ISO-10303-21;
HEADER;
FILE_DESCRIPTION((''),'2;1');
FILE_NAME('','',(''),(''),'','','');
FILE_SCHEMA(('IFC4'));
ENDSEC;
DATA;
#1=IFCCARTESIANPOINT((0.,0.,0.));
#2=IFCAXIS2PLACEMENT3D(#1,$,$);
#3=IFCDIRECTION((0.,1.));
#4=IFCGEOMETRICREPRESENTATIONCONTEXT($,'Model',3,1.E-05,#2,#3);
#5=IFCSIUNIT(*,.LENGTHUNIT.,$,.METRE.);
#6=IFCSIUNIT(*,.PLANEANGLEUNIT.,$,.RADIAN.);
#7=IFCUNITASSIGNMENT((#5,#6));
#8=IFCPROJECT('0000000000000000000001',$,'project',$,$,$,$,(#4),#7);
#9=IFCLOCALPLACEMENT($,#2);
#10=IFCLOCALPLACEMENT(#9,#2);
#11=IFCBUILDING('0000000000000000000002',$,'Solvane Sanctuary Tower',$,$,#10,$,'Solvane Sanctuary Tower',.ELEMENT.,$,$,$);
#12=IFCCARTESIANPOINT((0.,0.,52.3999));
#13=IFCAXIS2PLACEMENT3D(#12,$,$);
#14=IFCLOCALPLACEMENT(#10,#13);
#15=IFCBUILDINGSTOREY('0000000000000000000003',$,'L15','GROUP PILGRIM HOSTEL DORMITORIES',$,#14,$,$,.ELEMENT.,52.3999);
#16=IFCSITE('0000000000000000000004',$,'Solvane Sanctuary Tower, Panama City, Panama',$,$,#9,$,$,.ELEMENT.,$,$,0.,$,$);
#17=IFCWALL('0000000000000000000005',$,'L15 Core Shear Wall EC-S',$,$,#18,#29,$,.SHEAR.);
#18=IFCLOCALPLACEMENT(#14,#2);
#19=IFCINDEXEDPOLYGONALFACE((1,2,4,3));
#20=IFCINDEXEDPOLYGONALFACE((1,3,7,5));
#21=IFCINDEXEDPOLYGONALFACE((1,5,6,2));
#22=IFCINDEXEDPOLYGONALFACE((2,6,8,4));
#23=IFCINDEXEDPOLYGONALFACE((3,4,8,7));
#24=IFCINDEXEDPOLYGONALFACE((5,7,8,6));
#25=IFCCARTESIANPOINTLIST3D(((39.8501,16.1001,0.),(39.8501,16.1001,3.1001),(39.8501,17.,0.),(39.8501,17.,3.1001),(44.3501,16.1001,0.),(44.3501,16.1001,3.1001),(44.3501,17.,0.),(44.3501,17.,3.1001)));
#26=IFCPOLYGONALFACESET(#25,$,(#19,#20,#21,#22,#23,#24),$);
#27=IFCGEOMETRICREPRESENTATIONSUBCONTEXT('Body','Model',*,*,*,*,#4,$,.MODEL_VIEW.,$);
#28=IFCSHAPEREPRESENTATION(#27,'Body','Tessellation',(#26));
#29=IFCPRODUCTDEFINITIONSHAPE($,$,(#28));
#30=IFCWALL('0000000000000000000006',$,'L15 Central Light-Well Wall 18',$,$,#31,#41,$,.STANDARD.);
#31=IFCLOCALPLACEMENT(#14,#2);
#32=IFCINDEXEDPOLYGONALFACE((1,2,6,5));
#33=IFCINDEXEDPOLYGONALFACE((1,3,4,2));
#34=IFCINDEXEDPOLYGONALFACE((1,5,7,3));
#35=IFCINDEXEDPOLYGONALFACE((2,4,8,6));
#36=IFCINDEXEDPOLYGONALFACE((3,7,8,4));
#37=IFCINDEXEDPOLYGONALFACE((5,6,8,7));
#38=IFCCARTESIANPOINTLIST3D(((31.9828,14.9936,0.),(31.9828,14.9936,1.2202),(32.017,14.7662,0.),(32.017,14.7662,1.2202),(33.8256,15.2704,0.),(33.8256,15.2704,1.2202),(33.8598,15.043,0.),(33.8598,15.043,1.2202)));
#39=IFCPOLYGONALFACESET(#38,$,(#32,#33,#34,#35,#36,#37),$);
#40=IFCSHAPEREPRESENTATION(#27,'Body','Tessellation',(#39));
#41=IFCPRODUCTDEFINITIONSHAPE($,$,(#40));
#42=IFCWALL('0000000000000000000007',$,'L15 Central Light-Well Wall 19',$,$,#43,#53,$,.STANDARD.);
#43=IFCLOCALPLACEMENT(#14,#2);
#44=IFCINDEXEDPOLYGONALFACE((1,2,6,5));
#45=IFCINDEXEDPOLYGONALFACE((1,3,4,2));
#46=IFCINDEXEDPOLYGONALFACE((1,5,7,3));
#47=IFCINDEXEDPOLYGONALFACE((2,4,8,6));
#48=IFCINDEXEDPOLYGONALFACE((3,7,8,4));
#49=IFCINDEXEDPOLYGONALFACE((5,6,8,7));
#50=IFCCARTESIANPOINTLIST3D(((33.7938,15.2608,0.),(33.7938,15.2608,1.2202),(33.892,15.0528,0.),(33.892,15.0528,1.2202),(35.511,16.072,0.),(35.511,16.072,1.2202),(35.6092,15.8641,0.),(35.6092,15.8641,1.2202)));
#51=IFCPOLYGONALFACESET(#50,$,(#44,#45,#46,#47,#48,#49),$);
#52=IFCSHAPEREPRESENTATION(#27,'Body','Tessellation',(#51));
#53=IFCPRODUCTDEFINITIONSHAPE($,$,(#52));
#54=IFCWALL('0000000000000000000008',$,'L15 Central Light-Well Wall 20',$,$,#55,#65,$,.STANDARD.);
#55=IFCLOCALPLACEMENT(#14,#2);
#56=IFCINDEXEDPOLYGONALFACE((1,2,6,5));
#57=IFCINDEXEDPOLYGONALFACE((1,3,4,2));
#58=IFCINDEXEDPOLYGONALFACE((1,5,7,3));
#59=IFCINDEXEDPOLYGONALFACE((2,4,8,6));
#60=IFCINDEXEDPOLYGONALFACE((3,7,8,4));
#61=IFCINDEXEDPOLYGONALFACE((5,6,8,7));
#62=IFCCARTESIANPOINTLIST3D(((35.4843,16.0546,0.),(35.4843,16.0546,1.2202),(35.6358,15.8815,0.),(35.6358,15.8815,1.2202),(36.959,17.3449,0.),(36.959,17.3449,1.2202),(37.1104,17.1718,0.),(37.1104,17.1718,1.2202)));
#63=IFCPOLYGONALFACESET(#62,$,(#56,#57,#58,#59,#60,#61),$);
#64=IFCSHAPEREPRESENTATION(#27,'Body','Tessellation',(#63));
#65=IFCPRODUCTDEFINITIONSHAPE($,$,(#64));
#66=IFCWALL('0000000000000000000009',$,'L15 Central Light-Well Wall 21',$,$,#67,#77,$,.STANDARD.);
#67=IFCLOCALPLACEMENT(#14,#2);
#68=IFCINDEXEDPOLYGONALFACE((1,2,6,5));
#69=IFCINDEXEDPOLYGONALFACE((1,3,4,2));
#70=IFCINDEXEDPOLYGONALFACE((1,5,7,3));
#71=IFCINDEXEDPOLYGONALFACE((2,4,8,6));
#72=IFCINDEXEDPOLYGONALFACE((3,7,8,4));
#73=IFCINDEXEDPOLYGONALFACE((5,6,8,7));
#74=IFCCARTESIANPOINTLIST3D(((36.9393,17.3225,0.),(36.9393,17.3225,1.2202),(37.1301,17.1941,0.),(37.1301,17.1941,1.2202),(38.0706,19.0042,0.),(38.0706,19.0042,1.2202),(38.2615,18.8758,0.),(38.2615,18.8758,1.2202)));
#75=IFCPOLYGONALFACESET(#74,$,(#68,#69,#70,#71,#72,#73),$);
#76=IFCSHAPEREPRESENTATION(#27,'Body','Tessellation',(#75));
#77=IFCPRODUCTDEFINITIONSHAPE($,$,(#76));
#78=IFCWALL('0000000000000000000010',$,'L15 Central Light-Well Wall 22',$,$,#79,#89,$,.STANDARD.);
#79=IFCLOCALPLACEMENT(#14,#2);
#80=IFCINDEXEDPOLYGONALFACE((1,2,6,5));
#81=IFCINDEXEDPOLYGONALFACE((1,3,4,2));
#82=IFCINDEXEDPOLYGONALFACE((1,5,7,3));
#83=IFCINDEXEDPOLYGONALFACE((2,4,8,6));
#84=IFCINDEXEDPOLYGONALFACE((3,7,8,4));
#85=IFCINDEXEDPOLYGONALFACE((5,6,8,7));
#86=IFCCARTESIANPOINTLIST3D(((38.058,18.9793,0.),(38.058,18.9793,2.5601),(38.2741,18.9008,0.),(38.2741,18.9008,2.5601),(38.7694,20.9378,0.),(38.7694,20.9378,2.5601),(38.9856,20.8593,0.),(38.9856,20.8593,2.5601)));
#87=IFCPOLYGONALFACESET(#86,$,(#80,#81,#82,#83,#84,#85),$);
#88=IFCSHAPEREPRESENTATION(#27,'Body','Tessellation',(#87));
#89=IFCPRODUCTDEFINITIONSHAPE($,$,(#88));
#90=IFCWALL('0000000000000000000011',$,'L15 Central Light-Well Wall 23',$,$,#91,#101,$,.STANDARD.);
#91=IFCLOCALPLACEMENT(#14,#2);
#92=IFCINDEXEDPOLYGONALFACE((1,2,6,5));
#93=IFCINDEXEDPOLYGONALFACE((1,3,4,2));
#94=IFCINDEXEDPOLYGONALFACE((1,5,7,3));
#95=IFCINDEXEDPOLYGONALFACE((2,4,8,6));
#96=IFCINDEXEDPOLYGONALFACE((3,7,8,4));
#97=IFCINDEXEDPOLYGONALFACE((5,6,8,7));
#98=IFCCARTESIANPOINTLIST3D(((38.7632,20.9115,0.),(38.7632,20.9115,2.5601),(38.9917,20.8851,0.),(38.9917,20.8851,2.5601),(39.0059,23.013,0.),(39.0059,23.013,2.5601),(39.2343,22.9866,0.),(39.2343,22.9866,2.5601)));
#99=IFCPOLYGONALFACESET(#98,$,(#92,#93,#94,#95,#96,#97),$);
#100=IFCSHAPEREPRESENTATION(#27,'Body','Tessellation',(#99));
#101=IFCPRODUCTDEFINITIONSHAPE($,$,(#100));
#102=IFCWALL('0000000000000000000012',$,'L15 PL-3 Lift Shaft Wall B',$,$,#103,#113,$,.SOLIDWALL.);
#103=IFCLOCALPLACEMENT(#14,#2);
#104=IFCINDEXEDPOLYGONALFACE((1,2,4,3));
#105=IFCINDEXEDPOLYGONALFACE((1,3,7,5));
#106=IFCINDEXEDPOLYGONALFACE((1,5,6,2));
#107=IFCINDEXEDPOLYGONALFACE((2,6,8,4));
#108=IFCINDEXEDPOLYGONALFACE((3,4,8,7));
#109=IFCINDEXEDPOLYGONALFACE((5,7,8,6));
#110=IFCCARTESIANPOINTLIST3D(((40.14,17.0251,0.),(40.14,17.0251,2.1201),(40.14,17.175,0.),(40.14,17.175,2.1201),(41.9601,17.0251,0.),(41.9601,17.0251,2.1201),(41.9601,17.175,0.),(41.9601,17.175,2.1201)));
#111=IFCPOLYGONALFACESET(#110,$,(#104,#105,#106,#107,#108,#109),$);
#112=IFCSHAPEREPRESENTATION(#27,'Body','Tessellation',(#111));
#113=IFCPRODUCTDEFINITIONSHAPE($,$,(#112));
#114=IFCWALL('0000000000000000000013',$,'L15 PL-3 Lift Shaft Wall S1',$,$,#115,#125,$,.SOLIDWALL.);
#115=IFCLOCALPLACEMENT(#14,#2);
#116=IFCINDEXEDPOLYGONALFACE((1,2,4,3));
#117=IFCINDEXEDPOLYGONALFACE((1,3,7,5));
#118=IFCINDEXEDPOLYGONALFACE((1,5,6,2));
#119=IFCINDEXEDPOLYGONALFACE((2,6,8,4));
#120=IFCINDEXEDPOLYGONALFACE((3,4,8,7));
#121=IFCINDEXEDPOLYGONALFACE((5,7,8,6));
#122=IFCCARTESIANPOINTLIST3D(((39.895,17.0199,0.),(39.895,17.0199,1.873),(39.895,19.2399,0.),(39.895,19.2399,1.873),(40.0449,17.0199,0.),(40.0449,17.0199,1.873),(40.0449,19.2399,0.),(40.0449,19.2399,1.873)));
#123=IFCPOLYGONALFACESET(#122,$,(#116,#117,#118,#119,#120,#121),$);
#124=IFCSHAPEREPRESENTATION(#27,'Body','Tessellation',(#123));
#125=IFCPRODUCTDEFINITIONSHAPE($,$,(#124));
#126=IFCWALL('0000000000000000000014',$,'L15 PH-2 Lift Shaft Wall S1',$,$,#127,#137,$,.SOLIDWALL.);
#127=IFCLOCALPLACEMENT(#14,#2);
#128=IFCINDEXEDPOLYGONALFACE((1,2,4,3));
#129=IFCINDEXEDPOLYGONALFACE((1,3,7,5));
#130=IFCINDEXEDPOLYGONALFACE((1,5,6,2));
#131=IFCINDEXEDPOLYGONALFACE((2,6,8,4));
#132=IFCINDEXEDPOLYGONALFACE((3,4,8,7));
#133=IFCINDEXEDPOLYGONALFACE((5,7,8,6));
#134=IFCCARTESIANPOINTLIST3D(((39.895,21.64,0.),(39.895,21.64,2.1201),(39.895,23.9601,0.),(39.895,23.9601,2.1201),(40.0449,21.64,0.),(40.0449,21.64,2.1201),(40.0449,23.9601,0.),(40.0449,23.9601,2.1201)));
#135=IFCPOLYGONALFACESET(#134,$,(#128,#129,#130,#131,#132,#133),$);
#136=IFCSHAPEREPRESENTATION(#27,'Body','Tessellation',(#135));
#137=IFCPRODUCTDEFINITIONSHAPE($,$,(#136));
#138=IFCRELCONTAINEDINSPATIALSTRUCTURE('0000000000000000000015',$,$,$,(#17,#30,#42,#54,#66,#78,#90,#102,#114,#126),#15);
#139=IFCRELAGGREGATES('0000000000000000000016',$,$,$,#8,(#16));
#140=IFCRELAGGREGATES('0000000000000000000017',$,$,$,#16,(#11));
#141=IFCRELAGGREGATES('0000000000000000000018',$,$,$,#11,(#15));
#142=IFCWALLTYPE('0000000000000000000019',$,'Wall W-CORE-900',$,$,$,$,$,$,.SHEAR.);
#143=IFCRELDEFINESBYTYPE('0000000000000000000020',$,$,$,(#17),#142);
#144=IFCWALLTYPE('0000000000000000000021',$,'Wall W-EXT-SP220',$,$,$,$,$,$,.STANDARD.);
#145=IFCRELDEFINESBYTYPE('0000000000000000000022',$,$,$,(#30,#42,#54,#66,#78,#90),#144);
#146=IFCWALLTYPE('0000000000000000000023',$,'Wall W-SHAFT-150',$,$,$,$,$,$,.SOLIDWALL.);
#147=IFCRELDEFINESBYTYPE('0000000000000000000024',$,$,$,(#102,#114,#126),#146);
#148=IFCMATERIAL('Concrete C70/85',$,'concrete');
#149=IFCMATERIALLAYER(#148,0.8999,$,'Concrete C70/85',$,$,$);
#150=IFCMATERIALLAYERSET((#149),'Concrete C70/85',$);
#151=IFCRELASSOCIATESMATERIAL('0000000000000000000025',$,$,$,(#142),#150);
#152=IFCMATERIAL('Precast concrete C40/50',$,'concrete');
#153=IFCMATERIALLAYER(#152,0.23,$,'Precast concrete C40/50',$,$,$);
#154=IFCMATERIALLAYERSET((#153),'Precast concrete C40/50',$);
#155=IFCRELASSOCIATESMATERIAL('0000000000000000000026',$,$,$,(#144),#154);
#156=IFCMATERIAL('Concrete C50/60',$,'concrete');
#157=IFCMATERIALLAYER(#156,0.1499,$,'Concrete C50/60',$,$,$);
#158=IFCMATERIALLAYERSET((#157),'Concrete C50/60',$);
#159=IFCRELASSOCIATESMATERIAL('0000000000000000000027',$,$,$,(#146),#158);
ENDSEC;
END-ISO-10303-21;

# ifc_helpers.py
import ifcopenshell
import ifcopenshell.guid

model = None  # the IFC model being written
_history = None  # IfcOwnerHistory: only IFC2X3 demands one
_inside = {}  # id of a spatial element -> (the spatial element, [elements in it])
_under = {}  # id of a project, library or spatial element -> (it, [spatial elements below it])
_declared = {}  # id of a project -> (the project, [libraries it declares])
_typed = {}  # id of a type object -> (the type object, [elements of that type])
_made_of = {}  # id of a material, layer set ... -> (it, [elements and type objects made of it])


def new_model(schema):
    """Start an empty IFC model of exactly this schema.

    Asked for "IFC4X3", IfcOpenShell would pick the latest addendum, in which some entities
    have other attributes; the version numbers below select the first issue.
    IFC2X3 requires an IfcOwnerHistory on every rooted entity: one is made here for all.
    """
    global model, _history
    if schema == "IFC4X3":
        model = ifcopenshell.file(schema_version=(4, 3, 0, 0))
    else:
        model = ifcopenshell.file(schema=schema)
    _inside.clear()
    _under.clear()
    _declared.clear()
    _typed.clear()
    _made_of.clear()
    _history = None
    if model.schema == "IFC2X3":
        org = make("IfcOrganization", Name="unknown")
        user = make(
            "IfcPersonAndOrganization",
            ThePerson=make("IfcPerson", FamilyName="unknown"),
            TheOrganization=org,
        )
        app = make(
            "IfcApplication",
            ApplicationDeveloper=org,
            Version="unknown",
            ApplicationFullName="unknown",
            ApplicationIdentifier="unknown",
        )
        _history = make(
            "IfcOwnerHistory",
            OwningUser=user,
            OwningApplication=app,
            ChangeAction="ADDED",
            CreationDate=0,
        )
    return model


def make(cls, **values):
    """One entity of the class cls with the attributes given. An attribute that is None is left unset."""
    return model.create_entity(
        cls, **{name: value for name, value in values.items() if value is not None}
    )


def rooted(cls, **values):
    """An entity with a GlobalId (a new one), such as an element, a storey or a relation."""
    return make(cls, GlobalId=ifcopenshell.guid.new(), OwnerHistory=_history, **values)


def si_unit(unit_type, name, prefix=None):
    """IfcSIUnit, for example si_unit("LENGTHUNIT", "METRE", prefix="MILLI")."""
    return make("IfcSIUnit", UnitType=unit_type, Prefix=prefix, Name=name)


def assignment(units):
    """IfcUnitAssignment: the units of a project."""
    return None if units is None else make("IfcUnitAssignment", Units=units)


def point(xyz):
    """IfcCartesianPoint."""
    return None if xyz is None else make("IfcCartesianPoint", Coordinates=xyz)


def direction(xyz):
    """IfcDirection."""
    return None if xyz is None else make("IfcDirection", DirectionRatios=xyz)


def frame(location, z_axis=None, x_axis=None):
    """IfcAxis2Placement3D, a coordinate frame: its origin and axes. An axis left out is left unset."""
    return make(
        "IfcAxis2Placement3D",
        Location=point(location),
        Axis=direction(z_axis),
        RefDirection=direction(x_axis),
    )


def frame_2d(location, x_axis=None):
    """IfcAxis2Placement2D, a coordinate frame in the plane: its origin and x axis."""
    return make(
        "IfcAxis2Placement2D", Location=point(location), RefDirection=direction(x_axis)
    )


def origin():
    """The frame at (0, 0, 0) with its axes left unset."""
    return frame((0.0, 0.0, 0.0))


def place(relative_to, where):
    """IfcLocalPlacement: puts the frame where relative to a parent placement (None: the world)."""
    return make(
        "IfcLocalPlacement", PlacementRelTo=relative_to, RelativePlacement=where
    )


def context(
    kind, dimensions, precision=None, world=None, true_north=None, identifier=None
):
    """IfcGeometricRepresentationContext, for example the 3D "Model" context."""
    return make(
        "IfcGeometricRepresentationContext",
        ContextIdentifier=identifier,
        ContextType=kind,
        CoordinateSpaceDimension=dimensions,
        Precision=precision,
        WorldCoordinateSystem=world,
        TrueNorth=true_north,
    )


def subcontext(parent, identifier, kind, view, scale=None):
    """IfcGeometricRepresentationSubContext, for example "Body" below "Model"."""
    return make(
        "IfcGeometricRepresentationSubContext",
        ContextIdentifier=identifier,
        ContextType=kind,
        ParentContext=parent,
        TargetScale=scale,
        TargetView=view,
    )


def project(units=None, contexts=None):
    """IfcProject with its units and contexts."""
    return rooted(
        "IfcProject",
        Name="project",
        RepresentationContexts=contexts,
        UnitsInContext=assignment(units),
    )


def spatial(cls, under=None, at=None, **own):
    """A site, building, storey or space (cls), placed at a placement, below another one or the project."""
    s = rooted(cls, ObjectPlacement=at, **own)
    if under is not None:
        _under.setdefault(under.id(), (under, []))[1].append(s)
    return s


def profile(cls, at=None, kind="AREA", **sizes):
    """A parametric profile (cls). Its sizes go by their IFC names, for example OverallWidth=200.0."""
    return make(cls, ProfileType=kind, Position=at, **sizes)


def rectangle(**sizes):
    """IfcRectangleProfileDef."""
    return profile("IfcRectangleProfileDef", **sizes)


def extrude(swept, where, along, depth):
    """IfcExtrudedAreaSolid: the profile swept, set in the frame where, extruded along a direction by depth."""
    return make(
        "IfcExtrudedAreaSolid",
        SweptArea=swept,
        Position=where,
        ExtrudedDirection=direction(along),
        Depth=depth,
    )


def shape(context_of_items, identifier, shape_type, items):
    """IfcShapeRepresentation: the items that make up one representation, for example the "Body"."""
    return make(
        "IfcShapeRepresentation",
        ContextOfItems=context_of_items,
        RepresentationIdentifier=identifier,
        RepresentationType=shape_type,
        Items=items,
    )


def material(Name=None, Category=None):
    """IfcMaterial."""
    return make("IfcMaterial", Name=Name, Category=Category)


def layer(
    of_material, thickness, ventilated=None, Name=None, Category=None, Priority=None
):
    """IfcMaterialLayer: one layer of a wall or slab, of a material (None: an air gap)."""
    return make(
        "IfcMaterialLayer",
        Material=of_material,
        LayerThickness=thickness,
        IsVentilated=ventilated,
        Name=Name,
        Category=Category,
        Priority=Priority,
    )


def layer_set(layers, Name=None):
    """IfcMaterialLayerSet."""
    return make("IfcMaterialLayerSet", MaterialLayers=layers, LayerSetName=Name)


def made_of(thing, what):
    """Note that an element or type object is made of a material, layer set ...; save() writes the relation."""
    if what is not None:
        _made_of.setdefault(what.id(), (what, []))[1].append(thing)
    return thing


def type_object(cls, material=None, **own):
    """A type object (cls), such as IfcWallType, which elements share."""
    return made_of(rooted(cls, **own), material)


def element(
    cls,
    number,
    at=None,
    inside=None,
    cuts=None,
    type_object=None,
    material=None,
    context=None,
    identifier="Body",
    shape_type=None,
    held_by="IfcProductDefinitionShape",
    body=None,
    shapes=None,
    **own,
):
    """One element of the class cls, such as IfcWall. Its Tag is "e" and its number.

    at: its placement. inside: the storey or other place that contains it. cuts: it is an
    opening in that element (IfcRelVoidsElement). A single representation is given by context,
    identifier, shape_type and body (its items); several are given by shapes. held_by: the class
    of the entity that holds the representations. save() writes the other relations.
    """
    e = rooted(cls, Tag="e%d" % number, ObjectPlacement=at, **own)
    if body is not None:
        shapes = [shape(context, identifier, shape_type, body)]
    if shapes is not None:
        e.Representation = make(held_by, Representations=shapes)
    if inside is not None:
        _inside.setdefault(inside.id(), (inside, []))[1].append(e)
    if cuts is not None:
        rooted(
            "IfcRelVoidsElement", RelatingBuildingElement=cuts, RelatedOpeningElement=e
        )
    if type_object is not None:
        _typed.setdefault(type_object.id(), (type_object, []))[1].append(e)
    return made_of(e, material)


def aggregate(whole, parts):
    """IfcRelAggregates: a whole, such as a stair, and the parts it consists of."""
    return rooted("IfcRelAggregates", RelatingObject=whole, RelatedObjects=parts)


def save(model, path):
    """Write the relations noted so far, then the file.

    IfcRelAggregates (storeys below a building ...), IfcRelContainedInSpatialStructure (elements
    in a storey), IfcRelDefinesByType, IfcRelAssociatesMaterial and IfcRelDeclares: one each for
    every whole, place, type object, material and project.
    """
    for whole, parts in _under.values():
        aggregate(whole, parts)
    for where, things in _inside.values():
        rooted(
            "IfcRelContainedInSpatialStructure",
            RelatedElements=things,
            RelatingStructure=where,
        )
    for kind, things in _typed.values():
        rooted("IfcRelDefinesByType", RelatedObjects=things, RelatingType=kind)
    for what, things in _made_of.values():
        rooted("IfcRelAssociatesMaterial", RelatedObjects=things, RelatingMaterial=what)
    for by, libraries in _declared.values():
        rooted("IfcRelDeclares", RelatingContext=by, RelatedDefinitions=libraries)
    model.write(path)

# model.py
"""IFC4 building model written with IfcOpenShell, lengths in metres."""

from ifc_helpers import new_model, si_unit, direction, frame, frame_2d, origin, place, context, subcontext, project, spatial, rectangle, extrude, material, layer, layer_set, type_object, element, save


model = new_model("IFC4")

# Units and contexts
model_context = context("Model", 3, precision=1e-05, world=origin(), true_north=direction((0.0, 1.0)))
body_context = subcontext(model_context, "Body", "Model", "MODEL_VIEW")
ifc_project = project(units=[si_unit("LENGTHUNIT", "METRE"), si_unit("PLANEANGLEUNIT", "RADIAN")], contexts=[model_context])

# Site, building, storey
site_placement = place(None, origin())
site = spatial("IfcSite", under=ifc_project, at=site_placement, Name="Solvane Sanctuary Tower, Panama City, Panama", CompositionType="ELEMENT", RefElevation=0.0)
building_placement = place(site_placement, origin())
building = spatial("IfcBuilding", under=site, at=building_placement, Name="Solvane Sanctuary Tower", LongName="Solvane Sanctuary Tower", CompositionType="ELEMENT")
storey_placement = place(building_placement, frame((0.0, 0.0, 52.3999)))
storey = spatial("IfcBuildingStorey", under=building, at=storey_placement, Name="L15", Description="GROUP PILGRIM HOSTEL DORMITORIES", CompositionType="ELEMENT", Elevation=52.3999)

# Shared definitions
ifc_material_1 = material(Name="Concrete C70/85", Category="concrete")

# Walls
ifc_layer_1 = layer(ifc_material_1, 0.8999, Name="Concrete C70/85")
ifc_layer_set_1 = layer_set([ifc_layer_1], Name="Concrete C70/85")
wall_type_1 = type_object("IfcWallType", Name="Wall W-CORE-900", PredefinedType="SHEAR", material=ifc_layer_set_1)
wall_1_placement = place(storey_placement, frame((39.8501, 16.55, 0.0), z_axis=(0.0, 0.0, 1.0), x_axis=(1.0, 0.0, 0.0)))
element("IfcWall", 1, at=wall_1_placement, inside=storey, type_object=wall_type_1, Name="L15 Core Shear Wall EC-S", PredefinedType="SHEAR", context=body_context, shape_type="SweptSolid", body=[
    extrude(rectangle(XDim=4.5, YDim=0.8999, at=frame_2d((2.25, 0.0))), origin(), (0.0, 0.0, 1.0), 3.1001),
])
ifc_material_2 = material(Name="Precast concrete C40/50", Category="concrete")
ifc_layer_2 = layer(ifc_material_2, 0.23, Name="Precast concrete C40/50")
ifc_layer_set_2 = layer_set([ifc_layer_2], Name="Precast concrete C40/50")
wall_type_2 = type_object("IfcWallType", Name="Wall W-EXT-SP220", PredefinedType="STANDARD", material=ifc_layer_set_2)
wall_2_placement = place(storey_placement, frame((32.0, 14.8799, 0.0), z_axis=(0.0, 0.0, 1.0), x_axis=(0.988902, 0.148571, 0.0)))
element("IfcWall", 2, at=wall_2_placement, inside=storey, type_object=wall_type_2, Name="L15 Central Light-Well Wall 18", PredefinedType="STANDARD", context=body_context, shape_type="SweptSolid", body=[
    extrude(rectangle(XDim=1.8635, YDim=0.23, at=frame_2d((0.9316, 0.0))), origin(), (0.0, 0.0, 1.0), 1.2202),
])
wall_3_placement = place(storey_placement, frame((33.8428, 15.1567, 0.0), z_axis=(0.0, 0.0, 1.0), x_axis=(0.90418, 0.427152, 0.0)))
element("IfcWall", 3, at=wall_3_placement, inside=storey, type_object=wall_type_2, Name="L15 Central Light-Well Wall 19", PredefinedType="STANDARD", context=body_context, shape_type="SweptSolid", body=[
    extrude(rectangle(XDim=1.8992, YDim=0.23, at=frame_2d((0.9497, 0.0))), origin(), (0.0, 0.0, 1.0), 1.2202),
])
wall_4_placement = place(storey_placement, frame((35.5601, 15.968, 0.0), z_axis=(0.0, 0.0, 1.0), x_axis=(0.752577, 0.658505, 0.0)))
element("IfcWall", 4, at=wall_4_placement, inside=storey, type_object=wall_type_2, Name="L15 Central Light-Well Wall 20", PredefinedType="STANDARD", context=body_context, shape_type="SweptSolid", body=[
    extrude(rectangle(XDim=1.9595, YDim=0.23, at=frame_2d((0.9797, 0.0))), origin(), (0.0, 0.0, 1.0), 1.2202),
])
wall_5_placement = place(storey_placement, frame((37.0347, 17.2583, 0.0), z_axis=(0.0, 0.0, 1.0), x_axis=(0.558198, 0.829708, 0.0)))
element("IfcWall", 5, at=wall_5_placement, inside=storey, type_object=wall_type_2, Name="L15 Central Light-Well Wall 21", PredefinedType="STANDARD", context=body_context, shape_type="SweptSolid", body=[
    extrude(rectangle(XDim=2.0269, YDim=0.23, at=frame_2d((1.0134, 0.0))), origin(), (0.0, 0.0, 1.0), 1.2202),
])
wall_6_placement = place(storey_placement, frame((38.166, 18.9399, 0.0), z_axis=(0.0, 0.0, 1.0), x_axis=(0.341423, 0.93991, 0.0)))
element("IfcWall", 6, at=wall_6_placement, inside=storey, type_object=wall_type_2, Name="L15 Central Light-Well Wall 22", PredefinedType="STANDARD", context=body_context, shape_type="SweptSolid", body=[
    extrude(rectangle(XDim=2.0837, YDim=0.23, at=frame_2d((1.042, 0.0))), origin(), (0.0, 0.0, 1.0), 2.5601),
])
wall_7_placement = place(storey_placement, frame((38.8774, 20.8984, 0.0), z_axis=(0.0, 0.0, 1.0), x_axis=(0.114712, 0.993399, 0.0)))
element("IfcWall", 7, at=wall_7_placement, inside=storey, type_object=wall_type_2, Name="L15 Central Light-Well Wall 23", PredefinedType="STANDARD", context=body_context, shape_type="SweptSolid", body=[
    extrude(rectangle(XDim=2.1155, YDim=0.23, at=frame_2d((1.0576, 0.0))), origin(), (0.0, 0.0, 1.0), 2.5601),
])
ifc_material_3 = material(Name="Concrete C50/60", Category="concrete")
ifc_layer_3 = layer(ifc_material_3, 0.1499, Name="Concrete C50/60")
ifc_layer_set_3 = layer_set([ifc_layer_3], Name="Concrete C50/60")
wall_type_3 = type_object("IfcWallType", Name="Wall W-SHAFT-150", PredefinedType="SOLIDWALL", material=ifc_layer_set_3)
wall_8_placement = place(storey_placement, frame((40.1399, 17.1001, 0.0), z_axis=(0.0, 0.0, 1.0), x_axis=(1.0, 0.0, 0.0)))
element("IfcWall", 8, at=wall_8_placement, inside=storey, type_object=wall_type_3, Name="L15 PL-3 Lift Shaft Wall B", PredefinedType="SOLIDWALL", context=body_context, shape_type="SweptSolid", body=[
    extrude(rectangle(XDim=1.8201, YDim=0.1499, at=frame_2d((0.9102, 0.0))), origin(), (0.0, 0.0, 1.0), 2.1201),
])
wall_9_placement = place(storey_placement, frame((39.97, 17.02, 0.0), z_axis=(0.0, 0.0, 1.0), x_axis=(0.0, 1.0, 0.0)))
element("IfcWall", 9, at=wall_9_placement, inside=storey, type_object=wall_type_3, Name="L15 PL-3 Lift Shaft Wall S1", PredefinedType="SOLIDWALL", context=body_context, shape_type="SweptSolid", body=[
    extrude(rectangle(XDim=2.22, YDim=0.1499, at=frame_2d((1.1099, 0.0))), origin(), (0.0, 0.0, 1.0), 1.873),
])
wall_10_placement = place(storey_placement, frame((39.97, 21.6399, 0.0), z_axis=(0.0, 0.0, 1.0), x_axis=(0.0, 1.0, 0.0)))
element("IfcWall", 10, at=wall_10_placement, inside=storey, type_object=wall_type_3, Name="L15 PH-2 Lift Shaft Wall S1", PredefinedType="SOLIDWALL", context=body_context, shape_type="SweptSolid", body=[
    extrude(rectangle(XDim=2.3201, YDim=0.1499, at=frame_2d((1.1602, 0.0))), origin(), (0.0, 0.0, 1.0), 2.1201),
])

save(model, "model.ifc")
